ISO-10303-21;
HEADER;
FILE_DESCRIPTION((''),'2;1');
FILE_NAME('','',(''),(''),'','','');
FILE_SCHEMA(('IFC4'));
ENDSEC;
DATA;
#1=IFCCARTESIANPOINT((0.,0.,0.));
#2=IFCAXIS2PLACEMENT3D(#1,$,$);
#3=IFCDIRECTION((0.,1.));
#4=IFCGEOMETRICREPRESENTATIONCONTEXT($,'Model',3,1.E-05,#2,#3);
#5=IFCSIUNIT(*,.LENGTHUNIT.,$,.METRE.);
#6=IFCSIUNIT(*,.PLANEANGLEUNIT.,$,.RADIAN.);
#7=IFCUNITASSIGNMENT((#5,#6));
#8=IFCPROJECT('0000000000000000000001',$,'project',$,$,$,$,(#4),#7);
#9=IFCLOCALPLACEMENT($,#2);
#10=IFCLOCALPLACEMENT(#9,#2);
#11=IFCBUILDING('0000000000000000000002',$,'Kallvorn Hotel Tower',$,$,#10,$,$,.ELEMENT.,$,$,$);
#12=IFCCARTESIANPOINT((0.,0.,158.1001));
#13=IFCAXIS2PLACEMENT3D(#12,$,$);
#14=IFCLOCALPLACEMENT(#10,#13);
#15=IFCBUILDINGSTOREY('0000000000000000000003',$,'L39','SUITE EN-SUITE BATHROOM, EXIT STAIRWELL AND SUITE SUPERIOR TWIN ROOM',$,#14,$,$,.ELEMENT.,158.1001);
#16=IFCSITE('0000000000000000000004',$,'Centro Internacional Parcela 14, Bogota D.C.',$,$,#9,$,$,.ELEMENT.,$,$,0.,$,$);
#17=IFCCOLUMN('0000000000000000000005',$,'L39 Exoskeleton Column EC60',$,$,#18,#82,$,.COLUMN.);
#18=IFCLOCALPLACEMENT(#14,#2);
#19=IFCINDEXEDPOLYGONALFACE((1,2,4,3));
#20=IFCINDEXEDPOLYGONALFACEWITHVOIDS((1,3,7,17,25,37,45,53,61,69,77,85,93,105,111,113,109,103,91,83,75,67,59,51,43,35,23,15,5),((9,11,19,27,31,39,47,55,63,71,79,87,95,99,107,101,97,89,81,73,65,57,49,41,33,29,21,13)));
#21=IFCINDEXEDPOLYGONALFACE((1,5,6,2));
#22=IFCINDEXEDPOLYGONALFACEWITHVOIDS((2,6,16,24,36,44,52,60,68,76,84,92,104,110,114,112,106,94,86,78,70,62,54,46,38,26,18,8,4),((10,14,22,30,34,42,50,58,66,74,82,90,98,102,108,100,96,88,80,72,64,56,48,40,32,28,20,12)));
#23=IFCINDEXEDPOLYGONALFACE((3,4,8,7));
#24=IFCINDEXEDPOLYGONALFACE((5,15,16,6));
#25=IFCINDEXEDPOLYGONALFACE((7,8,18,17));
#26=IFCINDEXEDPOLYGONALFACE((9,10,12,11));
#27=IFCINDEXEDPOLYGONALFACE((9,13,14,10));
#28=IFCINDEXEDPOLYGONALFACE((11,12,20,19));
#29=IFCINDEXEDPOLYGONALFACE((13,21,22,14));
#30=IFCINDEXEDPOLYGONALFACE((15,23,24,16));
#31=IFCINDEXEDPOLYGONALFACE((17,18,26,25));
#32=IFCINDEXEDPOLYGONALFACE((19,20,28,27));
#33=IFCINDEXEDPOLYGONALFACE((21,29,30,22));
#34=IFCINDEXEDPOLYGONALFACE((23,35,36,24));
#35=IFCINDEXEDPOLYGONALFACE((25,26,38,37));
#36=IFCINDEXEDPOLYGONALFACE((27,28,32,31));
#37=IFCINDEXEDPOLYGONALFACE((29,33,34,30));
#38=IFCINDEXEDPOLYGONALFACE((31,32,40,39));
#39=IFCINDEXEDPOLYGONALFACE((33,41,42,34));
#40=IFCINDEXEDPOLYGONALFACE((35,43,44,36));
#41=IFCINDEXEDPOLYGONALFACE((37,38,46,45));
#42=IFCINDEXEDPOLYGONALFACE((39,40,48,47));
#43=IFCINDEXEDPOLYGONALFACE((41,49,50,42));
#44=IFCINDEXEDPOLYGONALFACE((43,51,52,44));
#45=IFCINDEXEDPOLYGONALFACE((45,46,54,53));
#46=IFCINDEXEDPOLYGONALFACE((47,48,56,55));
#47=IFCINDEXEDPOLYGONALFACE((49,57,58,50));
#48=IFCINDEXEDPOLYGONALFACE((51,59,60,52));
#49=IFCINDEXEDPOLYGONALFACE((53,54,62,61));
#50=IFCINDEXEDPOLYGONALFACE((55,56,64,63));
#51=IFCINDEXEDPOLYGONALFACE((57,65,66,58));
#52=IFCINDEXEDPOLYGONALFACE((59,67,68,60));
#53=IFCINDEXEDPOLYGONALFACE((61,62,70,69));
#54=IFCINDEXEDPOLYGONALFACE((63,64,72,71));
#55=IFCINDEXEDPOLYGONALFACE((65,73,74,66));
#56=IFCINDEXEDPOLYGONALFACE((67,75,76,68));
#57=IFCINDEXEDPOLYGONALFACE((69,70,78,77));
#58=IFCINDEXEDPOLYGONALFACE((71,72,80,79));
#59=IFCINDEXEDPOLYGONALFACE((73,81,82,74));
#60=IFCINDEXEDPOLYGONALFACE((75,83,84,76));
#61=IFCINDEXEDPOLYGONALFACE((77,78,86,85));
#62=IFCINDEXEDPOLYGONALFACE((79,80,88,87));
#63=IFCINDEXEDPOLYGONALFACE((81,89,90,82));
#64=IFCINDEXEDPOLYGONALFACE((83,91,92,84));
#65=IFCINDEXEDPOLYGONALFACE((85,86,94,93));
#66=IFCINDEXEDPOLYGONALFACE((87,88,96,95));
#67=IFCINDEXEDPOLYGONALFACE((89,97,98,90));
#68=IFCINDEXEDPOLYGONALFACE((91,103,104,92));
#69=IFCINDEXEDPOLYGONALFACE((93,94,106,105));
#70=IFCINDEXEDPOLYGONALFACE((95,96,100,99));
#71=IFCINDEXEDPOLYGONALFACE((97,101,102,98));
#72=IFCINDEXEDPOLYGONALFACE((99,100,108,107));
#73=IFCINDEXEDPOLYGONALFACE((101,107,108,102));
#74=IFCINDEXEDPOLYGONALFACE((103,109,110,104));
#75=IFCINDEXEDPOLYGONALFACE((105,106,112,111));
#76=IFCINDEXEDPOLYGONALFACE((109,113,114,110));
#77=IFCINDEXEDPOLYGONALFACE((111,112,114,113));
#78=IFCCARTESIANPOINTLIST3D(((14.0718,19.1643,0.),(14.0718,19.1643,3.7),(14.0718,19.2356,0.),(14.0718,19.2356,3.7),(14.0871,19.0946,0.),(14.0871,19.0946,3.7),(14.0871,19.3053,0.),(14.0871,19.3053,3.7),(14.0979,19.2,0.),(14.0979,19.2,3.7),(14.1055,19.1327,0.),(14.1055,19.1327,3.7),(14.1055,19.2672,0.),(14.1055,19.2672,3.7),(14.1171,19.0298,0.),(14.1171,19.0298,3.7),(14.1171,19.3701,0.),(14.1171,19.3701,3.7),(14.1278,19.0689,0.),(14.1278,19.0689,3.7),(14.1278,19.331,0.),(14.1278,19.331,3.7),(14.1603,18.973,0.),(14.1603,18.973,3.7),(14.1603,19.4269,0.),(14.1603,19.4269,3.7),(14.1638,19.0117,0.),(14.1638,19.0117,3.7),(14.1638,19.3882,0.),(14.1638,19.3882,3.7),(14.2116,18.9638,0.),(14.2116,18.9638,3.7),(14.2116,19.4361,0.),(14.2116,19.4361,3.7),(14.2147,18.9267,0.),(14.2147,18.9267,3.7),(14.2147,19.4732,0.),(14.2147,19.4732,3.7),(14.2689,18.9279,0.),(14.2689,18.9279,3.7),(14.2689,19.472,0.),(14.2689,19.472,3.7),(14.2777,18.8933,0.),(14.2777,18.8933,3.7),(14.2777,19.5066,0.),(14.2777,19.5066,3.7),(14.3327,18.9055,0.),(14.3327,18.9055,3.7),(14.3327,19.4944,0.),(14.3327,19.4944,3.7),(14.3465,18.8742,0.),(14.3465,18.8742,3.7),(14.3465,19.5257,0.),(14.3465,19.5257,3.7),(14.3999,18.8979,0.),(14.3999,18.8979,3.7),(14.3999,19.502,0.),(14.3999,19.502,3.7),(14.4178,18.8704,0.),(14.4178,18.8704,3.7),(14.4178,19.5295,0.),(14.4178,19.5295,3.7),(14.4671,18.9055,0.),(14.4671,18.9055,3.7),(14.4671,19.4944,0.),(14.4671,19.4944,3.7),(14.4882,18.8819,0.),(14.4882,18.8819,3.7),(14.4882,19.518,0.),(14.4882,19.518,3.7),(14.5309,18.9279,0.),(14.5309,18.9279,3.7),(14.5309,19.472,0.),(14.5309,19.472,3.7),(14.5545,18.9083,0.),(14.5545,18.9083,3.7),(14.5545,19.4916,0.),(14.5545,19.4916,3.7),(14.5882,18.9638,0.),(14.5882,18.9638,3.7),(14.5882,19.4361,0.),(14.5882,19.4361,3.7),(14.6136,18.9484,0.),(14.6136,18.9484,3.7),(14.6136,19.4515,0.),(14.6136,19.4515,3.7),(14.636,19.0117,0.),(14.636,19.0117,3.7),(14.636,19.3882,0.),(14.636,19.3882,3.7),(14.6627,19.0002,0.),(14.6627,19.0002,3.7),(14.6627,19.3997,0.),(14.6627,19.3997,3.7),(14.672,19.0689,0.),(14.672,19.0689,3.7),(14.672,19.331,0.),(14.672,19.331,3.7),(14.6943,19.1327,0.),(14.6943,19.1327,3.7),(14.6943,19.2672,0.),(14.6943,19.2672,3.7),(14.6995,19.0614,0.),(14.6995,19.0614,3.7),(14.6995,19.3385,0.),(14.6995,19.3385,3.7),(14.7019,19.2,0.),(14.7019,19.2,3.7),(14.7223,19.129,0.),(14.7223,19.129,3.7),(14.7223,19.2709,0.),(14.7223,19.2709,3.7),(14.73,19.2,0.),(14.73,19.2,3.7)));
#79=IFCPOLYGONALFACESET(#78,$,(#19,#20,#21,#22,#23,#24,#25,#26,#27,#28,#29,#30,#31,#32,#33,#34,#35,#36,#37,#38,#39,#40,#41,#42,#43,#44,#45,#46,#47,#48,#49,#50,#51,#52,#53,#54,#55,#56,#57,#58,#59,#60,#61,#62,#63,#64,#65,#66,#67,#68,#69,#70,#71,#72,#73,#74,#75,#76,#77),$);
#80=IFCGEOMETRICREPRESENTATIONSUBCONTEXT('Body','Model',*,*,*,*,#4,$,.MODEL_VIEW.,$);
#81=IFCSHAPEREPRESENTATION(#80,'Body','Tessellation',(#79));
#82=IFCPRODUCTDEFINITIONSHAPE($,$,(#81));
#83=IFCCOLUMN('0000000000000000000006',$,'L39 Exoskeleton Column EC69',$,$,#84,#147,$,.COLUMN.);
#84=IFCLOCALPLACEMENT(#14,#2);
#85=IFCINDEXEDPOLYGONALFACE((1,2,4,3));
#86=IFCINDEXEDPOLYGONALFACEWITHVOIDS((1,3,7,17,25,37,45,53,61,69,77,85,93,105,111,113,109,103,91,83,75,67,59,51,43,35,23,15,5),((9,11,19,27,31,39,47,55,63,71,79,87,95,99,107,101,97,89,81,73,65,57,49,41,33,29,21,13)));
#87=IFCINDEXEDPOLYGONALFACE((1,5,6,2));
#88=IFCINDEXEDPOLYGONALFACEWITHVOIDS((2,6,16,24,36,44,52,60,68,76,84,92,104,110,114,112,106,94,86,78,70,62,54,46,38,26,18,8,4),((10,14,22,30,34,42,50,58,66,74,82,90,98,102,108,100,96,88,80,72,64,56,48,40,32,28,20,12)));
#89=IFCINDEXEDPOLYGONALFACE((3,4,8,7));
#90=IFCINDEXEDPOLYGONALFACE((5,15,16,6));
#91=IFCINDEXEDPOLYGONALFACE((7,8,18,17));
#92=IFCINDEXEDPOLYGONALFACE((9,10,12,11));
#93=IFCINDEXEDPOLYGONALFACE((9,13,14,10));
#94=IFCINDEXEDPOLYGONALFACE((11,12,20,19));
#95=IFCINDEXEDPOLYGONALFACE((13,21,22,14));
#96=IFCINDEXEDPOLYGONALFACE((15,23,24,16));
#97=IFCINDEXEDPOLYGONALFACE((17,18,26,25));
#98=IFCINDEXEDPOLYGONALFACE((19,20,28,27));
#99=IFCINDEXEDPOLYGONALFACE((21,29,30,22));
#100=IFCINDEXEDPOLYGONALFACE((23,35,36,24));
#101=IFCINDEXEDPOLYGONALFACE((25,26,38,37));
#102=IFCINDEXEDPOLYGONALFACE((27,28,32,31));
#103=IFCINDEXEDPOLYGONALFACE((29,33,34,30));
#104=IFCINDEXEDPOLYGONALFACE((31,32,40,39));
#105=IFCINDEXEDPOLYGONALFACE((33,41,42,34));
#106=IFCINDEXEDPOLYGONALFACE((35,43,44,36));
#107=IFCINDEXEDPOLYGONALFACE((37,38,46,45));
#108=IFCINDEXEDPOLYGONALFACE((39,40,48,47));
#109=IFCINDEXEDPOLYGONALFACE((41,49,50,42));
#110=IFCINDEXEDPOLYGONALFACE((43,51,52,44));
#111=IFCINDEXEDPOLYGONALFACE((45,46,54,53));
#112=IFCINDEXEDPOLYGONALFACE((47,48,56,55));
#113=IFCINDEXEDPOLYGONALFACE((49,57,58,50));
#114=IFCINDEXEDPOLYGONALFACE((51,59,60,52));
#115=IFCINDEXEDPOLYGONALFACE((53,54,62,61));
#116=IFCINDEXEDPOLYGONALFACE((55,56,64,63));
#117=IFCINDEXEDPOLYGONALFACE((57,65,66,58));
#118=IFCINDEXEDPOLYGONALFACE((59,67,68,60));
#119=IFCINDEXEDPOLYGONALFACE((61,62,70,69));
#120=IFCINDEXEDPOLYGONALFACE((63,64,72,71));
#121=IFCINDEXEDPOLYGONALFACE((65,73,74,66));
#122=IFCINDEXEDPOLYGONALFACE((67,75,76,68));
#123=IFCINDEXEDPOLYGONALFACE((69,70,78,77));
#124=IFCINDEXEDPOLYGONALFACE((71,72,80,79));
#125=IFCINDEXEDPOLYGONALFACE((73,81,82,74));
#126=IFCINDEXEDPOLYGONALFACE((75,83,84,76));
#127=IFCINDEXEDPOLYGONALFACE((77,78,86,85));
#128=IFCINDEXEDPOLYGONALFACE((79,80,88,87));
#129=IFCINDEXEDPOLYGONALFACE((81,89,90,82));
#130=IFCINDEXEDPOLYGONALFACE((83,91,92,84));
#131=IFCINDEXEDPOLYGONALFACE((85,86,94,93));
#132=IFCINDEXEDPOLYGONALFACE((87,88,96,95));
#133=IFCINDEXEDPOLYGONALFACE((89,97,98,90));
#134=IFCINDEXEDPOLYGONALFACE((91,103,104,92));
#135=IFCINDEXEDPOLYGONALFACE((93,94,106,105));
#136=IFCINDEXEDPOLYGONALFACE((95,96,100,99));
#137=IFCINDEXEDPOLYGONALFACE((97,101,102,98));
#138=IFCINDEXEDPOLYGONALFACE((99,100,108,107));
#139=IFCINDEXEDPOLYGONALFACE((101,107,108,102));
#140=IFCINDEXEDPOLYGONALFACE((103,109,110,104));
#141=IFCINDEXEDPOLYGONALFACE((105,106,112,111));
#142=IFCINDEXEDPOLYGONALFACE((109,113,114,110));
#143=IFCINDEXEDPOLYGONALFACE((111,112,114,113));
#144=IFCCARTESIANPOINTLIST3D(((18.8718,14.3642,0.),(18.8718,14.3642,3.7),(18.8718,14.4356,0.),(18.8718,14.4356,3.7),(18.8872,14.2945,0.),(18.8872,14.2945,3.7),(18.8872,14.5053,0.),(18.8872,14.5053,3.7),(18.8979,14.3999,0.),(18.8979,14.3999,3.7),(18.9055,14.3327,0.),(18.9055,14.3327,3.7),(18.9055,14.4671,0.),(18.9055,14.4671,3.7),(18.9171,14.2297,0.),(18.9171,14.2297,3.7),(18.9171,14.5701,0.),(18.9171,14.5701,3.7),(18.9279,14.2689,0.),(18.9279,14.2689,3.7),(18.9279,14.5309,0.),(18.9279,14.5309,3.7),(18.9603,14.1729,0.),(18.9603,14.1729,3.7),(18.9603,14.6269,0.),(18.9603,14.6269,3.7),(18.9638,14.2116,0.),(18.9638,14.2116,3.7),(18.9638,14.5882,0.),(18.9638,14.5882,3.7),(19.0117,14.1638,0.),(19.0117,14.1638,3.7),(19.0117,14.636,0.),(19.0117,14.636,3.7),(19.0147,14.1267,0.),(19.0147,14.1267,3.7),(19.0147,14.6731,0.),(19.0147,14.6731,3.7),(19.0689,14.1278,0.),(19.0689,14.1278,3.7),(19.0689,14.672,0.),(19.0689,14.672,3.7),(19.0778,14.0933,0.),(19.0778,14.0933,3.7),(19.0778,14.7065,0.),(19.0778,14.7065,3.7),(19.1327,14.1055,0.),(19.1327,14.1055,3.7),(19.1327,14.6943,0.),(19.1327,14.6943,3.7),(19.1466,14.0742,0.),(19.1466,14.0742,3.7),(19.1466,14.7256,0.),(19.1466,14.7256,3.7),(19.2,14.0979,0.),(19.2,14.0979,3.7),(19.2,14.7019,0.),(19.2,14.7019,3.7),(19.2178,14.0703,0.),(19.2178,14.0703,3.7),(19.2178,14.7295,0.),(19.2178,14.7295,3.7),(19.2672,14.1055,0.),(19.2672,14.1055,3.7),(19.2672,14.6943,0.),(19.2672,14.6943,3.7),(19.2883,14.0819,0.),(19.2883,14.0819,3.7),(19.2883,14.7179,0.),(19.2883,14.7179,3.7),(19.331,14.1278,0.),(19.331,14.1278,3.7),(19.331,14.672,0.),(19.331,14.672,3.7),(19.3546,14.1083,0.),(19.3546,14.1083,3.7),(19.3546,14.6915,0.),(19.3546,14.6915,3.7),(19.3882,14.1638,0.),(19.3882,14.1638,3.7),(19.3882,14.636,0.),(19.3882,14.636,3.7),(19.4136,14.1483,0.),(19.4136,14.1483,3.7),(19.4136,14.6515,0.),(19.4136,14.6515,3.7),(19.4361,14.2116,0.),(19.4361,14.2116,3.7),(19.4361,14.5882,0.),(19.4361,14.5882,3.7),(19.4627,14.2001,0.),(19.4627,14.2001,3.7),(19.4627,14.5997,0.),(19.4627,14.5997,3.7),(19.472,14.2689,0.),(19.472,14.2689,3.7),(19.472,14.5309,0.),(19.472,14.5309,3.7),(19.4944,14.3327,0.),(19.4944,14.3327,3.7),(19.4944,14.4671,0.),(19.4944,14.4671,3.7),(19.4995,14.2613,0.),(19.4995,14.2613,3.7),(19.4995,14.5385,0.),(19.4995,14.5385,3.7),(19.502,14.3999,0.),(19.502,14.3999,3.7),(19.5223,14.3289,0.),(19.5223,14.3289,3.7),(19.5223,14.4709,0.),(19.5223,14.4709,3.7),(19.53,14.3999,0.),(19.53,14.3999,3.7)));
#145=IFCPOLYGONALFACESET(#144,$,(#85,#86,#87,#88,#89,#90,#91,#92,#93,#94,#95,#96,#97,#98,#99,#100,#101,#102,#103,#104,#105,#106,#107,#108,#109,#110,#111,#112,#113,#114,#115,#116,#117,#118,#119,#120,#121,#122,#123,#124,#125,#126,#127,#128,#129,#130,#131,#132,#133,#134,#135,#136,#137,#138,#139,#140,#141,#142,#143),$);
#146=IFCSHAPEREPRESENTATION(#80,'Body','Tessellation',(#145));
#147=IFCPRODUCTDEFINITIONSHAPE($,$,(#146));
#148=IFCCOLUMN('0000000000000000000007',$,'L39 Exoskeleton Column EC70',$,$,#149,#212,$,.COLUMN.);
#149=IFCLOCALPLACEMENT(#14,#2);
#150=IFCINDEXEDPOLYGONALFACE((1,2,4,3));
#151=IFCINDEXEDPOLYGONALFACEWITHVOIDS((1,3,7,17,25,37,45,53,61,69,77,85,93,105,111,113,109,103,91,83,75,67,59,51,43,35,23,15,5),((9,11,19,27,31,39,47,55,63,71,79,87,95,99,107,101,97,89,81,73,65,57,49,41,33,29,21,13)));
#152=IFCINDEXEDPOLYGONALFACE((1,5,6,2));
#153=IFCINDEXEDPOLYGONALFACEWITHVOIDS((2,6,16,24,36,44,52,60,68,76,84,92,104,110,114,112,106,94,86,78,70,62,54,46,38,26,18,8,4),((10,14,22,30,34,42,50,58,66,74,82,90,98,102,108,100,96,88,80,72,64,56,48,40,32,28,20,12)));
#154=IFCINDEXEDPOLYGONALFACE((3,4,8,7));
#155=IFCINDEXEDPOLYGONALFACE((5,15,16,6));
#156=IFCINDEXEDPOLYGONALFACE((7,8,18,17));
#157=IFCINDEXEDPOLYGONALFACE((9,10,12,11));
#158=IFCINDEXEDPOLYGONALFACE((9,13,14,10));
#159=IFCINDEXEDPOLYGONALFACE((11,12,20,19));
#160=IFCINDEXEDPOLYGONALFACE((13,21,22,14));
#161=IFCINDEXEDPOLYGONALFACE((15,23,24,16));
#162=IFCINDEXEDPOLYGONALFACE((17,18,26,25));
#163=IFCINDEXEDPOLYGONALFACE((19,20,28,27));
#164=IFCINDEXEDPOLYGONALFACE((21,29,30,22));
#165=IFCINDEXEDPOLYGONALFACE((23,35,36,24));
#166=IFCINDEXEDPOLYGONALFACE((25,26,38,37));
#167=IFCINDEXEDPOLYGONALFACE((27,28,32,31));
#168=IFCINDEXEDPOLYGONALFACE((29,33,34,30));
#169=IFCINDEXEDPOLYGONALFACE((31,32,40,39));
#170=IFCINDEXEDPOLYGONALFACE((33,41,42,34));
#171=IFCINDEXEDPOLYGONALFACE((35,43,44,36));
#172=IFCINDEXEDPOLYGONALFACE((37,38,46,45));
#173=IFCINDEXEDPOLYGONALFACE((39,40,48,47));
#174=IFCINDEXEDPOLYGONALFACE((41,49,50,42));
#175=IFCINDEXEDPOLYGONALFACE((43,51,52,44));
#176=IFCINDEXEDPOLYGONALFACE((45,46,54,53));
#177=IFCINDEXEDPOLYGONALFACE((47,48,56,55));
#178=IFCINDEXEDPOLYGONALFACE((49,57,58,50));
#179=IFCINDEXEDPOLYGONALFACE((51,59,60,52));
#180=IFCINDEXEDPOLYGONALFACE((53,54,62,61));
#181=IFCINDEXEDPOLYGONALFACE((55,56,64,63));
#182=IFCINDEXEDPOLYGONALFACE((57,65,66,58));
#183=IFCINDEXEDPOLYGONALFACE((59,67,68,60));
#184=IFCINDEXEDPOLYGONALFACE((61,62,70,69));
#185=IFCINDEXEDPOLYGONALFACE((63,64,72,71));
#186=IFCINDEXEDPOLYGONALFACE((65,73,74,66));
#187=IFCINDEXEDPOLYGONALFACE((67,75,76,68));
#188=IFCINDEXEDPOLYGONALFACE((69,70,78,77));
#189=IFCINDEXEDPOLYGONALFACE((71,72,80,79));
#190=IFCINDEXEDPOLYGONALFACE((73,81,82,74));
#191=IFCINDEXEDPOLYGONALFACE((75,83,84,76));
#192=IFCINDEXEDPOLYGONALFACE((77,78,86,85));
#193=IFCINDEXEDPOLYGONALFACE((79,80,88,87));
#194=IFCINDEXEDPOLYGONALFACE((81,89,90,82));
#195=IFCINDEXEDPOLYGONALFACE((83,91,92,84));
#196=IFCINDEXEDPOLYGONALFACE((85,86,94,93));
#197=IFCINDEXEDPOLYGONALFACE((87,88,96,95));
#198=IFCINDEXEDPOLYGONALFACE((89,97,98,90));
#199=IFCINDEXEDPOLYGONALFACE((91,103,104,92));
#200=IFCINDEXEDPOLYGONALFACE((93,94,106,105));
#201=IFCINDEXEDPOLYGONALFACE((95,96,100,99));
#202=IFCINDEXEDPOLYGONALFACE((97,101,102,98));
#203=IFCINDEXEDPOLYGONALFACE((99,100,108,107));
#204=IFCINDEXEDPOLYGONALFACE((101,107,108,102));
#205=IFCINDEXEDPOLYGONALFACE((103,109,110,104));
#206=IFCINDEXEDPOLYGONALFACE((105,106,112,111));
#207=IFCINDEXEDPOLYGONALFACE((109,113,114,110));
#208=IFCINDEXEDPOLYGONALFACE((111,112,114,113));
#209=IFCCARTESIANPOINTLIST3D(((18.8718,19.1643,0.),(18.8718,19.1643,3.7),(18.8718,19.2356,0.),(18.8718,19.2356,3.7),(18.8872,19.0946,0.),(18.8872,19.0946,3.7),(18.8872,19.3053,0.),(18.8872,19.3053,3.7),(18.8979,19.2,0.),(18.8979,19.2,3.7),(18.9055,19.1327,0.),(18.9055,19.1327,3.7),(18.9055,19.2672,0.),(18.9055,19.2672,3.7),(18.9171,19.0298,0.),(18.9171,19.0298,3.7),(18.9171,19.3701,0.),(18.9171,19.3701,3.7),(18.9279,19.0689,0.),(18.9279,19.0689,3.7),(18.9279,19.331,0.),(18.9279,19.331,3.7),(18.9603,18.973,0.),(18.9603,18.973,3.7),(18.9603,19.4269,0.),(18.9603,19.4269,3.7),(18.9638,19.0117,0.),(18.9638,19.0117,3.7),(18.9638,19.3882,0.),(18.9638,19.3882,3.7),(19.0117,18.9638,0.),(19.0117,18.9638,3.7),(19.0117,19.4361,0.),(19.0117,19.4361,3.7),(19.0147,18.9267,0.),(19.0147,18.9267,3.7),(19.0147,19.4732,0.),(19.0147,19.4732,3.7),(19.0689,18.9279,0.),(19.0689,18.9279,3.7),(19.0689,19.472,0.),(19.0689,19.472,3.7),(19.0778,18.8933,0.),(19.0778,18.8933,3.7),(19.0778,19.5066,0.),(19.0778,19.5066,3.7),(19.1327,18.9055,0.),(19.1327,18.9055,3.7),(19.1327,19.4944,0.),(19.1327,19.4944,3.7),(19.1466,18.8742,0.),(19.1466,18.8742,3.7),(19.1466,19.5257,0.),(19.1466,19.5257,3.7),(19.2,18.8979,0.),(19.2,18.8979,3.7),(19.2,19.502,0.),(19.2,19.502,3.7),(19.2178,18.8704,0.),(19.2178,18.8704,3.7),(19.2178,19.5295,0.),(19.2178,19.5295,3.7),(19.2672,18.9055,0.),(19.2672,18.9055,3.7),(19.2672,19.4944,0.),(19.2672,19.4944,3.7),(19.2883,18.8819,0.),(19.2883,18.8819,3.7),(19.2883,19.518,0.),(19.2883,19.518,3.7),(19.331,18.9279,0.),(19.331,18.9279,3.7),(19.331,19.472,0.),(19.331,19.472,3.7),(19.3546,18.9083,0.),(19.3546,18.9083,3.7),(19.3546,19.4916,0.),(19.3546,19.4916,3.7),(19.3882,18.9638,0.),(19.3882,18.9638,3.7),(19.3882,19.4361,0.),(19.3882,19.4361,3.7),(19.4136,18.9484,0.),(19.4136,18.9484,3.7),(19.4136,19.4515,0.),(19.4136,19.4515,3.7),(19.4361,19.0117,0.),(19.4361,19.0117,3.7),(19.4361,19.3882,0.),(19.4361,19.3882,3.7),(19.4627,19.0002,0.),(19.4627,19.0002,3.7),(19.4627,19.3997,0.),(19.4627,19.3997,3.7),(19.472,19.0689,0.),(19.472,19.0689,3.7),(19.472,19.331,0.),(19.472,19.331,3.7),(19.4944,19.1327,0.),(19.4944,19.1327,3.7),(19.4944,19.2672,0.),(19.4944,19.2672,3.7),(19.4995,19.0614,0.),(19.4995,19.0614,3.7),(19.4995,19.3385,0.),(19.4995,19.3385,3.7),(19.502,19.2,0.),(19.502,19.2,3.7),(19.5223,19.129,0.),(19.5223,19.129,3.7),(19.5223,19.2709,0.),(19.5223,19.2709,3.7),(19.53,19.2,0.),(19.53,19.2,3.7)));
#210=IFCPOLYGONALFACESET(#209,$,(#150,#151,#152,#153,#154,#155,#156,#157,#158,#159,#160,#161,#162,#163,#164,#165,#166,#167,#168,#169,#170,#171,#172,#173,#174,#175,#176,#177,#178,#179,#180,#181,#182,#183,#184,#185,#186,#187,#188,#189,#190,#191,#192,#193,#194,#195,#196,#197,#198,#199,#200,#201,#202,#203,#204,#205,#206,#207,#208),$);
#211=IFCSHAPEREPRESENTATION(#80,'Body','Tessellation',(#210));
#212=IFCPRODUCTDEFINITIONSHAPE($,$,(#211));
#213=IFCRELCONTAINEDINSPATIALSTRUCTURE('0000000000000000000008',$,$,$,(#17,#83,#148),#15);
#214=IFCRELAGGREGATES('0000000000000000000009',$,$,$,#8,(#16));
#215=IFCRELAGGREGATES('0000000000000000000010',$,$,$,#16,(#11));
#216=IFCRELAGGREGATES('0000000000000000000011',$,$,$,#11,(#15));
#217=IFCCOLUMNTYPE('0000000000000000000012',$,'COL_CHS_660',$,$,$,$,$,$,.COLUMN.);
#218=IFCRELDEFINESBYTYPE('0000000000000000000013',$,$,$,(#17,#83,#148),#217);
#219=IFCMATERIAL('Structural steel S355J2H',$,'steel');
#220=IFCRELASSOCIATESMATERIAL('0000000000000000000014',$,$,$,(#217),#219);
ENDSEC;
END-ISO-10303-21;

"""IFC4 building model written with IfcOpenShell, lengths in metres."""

from ifc_helpers import new_model, si_unit, direction, frame, origin, origin_2d, place, context, subcontext, project, spatial, hollow_circle, extrude, material, material_profile, profile_set, type_object, element, save


model = new_model("IFC4")

# Units and contexts
model_context = context("Model", 3, precision=1e-05, world=origin(), true_north=direction((0.0, 1.0)))
body_context = subcontext(model_context, "Body", "Model", "MODEL_VIEW")
ifc_project = project(units=[si_unit("LENGTHUNIT", "METRE"), si_unit("PLANEANGLEUNIT", "RADIAN")], contexts=[model_context])

# Site, building, storey
site_placement = place(None, origin())
site = spatial("IfcSite", under=ifc_project, at=site_placement, Name="Centro Internacional Parcela 14, Bogota D.C.", CompositionType="ELEMENT", RefElevation=0.0)
building_placement = place(site_placement, origin())
building = spatial("IfcBuilding", under=site, at=building_placement, Name="Kallvorn Hotel Tower", CompositionType="ELEMENT")
storey_placement = place(building_placement, frame((0.0, 0.0, 158.1001)))
storey = spatial("IfcBuildingStorey", under=building, at=storey_placement, Name="L39", Description="SUITE EN-SUITE BATHROOM, EXIT STAIRWELL AND SUITE SUPERIOR TWIN ROOM", CompositionType="ELEMENT", Elevation=158.1001)

# Columns
ifc_material_1 = material(Name="Structural steel S355J2H", Category="steel")
ifc_material_profile_1 = material_profile(ifc_material_1, hollow_circle(Radius=0.3301, WallThickness=0.0281, at=origin_2d()), Name="CHS 660x28")
ifc_profile_set_1 = profile_set([ifc_material_profile_1], Name="Structural steel S355J2H")
column_type_1 = type_object("IfcColumnType", Name="COL_CHS_660", PredefinedType="COLUMN", material=ifc_profile_set_1)
for number, where, z_axis, x_axis, name in (
    (1, (14.3999, 19.2, 0.0), (0.0, 0.0, 1.0), (1.0, 0.0, 0.0), "L39 Exoskeleton Column EC60"),
    (2, (19.2, 14.3999, 0.0), (0.0, 0.0, 1.0), (1.0, 0.0, 0.0), "L39 Exoskeleton Column EC69"),
    (3, (19.2, 19.2, 0.0), (0.0, 0.0, 1.0), (1.0, 0.0, 0.0), "L39 Exoskeleton Column EC70"),
):
    element("IfcColumn", number, at=place(storey_placement, frame(where, z_axis=z_axis, x_axis=x_axis)), inside=storey, type_object=column_type_1, Name=name, PredefinedType="COLUMN", context=body_context, shape_type="SweptSolid", body=[
        extrude(hollow_circle(Radius=0.3301, WallThickness=0.0281, at=origin_2d()), origin(), (0.0, 0.0, 1.0), 3.7),
    ])

save(model, "model.ifc")
